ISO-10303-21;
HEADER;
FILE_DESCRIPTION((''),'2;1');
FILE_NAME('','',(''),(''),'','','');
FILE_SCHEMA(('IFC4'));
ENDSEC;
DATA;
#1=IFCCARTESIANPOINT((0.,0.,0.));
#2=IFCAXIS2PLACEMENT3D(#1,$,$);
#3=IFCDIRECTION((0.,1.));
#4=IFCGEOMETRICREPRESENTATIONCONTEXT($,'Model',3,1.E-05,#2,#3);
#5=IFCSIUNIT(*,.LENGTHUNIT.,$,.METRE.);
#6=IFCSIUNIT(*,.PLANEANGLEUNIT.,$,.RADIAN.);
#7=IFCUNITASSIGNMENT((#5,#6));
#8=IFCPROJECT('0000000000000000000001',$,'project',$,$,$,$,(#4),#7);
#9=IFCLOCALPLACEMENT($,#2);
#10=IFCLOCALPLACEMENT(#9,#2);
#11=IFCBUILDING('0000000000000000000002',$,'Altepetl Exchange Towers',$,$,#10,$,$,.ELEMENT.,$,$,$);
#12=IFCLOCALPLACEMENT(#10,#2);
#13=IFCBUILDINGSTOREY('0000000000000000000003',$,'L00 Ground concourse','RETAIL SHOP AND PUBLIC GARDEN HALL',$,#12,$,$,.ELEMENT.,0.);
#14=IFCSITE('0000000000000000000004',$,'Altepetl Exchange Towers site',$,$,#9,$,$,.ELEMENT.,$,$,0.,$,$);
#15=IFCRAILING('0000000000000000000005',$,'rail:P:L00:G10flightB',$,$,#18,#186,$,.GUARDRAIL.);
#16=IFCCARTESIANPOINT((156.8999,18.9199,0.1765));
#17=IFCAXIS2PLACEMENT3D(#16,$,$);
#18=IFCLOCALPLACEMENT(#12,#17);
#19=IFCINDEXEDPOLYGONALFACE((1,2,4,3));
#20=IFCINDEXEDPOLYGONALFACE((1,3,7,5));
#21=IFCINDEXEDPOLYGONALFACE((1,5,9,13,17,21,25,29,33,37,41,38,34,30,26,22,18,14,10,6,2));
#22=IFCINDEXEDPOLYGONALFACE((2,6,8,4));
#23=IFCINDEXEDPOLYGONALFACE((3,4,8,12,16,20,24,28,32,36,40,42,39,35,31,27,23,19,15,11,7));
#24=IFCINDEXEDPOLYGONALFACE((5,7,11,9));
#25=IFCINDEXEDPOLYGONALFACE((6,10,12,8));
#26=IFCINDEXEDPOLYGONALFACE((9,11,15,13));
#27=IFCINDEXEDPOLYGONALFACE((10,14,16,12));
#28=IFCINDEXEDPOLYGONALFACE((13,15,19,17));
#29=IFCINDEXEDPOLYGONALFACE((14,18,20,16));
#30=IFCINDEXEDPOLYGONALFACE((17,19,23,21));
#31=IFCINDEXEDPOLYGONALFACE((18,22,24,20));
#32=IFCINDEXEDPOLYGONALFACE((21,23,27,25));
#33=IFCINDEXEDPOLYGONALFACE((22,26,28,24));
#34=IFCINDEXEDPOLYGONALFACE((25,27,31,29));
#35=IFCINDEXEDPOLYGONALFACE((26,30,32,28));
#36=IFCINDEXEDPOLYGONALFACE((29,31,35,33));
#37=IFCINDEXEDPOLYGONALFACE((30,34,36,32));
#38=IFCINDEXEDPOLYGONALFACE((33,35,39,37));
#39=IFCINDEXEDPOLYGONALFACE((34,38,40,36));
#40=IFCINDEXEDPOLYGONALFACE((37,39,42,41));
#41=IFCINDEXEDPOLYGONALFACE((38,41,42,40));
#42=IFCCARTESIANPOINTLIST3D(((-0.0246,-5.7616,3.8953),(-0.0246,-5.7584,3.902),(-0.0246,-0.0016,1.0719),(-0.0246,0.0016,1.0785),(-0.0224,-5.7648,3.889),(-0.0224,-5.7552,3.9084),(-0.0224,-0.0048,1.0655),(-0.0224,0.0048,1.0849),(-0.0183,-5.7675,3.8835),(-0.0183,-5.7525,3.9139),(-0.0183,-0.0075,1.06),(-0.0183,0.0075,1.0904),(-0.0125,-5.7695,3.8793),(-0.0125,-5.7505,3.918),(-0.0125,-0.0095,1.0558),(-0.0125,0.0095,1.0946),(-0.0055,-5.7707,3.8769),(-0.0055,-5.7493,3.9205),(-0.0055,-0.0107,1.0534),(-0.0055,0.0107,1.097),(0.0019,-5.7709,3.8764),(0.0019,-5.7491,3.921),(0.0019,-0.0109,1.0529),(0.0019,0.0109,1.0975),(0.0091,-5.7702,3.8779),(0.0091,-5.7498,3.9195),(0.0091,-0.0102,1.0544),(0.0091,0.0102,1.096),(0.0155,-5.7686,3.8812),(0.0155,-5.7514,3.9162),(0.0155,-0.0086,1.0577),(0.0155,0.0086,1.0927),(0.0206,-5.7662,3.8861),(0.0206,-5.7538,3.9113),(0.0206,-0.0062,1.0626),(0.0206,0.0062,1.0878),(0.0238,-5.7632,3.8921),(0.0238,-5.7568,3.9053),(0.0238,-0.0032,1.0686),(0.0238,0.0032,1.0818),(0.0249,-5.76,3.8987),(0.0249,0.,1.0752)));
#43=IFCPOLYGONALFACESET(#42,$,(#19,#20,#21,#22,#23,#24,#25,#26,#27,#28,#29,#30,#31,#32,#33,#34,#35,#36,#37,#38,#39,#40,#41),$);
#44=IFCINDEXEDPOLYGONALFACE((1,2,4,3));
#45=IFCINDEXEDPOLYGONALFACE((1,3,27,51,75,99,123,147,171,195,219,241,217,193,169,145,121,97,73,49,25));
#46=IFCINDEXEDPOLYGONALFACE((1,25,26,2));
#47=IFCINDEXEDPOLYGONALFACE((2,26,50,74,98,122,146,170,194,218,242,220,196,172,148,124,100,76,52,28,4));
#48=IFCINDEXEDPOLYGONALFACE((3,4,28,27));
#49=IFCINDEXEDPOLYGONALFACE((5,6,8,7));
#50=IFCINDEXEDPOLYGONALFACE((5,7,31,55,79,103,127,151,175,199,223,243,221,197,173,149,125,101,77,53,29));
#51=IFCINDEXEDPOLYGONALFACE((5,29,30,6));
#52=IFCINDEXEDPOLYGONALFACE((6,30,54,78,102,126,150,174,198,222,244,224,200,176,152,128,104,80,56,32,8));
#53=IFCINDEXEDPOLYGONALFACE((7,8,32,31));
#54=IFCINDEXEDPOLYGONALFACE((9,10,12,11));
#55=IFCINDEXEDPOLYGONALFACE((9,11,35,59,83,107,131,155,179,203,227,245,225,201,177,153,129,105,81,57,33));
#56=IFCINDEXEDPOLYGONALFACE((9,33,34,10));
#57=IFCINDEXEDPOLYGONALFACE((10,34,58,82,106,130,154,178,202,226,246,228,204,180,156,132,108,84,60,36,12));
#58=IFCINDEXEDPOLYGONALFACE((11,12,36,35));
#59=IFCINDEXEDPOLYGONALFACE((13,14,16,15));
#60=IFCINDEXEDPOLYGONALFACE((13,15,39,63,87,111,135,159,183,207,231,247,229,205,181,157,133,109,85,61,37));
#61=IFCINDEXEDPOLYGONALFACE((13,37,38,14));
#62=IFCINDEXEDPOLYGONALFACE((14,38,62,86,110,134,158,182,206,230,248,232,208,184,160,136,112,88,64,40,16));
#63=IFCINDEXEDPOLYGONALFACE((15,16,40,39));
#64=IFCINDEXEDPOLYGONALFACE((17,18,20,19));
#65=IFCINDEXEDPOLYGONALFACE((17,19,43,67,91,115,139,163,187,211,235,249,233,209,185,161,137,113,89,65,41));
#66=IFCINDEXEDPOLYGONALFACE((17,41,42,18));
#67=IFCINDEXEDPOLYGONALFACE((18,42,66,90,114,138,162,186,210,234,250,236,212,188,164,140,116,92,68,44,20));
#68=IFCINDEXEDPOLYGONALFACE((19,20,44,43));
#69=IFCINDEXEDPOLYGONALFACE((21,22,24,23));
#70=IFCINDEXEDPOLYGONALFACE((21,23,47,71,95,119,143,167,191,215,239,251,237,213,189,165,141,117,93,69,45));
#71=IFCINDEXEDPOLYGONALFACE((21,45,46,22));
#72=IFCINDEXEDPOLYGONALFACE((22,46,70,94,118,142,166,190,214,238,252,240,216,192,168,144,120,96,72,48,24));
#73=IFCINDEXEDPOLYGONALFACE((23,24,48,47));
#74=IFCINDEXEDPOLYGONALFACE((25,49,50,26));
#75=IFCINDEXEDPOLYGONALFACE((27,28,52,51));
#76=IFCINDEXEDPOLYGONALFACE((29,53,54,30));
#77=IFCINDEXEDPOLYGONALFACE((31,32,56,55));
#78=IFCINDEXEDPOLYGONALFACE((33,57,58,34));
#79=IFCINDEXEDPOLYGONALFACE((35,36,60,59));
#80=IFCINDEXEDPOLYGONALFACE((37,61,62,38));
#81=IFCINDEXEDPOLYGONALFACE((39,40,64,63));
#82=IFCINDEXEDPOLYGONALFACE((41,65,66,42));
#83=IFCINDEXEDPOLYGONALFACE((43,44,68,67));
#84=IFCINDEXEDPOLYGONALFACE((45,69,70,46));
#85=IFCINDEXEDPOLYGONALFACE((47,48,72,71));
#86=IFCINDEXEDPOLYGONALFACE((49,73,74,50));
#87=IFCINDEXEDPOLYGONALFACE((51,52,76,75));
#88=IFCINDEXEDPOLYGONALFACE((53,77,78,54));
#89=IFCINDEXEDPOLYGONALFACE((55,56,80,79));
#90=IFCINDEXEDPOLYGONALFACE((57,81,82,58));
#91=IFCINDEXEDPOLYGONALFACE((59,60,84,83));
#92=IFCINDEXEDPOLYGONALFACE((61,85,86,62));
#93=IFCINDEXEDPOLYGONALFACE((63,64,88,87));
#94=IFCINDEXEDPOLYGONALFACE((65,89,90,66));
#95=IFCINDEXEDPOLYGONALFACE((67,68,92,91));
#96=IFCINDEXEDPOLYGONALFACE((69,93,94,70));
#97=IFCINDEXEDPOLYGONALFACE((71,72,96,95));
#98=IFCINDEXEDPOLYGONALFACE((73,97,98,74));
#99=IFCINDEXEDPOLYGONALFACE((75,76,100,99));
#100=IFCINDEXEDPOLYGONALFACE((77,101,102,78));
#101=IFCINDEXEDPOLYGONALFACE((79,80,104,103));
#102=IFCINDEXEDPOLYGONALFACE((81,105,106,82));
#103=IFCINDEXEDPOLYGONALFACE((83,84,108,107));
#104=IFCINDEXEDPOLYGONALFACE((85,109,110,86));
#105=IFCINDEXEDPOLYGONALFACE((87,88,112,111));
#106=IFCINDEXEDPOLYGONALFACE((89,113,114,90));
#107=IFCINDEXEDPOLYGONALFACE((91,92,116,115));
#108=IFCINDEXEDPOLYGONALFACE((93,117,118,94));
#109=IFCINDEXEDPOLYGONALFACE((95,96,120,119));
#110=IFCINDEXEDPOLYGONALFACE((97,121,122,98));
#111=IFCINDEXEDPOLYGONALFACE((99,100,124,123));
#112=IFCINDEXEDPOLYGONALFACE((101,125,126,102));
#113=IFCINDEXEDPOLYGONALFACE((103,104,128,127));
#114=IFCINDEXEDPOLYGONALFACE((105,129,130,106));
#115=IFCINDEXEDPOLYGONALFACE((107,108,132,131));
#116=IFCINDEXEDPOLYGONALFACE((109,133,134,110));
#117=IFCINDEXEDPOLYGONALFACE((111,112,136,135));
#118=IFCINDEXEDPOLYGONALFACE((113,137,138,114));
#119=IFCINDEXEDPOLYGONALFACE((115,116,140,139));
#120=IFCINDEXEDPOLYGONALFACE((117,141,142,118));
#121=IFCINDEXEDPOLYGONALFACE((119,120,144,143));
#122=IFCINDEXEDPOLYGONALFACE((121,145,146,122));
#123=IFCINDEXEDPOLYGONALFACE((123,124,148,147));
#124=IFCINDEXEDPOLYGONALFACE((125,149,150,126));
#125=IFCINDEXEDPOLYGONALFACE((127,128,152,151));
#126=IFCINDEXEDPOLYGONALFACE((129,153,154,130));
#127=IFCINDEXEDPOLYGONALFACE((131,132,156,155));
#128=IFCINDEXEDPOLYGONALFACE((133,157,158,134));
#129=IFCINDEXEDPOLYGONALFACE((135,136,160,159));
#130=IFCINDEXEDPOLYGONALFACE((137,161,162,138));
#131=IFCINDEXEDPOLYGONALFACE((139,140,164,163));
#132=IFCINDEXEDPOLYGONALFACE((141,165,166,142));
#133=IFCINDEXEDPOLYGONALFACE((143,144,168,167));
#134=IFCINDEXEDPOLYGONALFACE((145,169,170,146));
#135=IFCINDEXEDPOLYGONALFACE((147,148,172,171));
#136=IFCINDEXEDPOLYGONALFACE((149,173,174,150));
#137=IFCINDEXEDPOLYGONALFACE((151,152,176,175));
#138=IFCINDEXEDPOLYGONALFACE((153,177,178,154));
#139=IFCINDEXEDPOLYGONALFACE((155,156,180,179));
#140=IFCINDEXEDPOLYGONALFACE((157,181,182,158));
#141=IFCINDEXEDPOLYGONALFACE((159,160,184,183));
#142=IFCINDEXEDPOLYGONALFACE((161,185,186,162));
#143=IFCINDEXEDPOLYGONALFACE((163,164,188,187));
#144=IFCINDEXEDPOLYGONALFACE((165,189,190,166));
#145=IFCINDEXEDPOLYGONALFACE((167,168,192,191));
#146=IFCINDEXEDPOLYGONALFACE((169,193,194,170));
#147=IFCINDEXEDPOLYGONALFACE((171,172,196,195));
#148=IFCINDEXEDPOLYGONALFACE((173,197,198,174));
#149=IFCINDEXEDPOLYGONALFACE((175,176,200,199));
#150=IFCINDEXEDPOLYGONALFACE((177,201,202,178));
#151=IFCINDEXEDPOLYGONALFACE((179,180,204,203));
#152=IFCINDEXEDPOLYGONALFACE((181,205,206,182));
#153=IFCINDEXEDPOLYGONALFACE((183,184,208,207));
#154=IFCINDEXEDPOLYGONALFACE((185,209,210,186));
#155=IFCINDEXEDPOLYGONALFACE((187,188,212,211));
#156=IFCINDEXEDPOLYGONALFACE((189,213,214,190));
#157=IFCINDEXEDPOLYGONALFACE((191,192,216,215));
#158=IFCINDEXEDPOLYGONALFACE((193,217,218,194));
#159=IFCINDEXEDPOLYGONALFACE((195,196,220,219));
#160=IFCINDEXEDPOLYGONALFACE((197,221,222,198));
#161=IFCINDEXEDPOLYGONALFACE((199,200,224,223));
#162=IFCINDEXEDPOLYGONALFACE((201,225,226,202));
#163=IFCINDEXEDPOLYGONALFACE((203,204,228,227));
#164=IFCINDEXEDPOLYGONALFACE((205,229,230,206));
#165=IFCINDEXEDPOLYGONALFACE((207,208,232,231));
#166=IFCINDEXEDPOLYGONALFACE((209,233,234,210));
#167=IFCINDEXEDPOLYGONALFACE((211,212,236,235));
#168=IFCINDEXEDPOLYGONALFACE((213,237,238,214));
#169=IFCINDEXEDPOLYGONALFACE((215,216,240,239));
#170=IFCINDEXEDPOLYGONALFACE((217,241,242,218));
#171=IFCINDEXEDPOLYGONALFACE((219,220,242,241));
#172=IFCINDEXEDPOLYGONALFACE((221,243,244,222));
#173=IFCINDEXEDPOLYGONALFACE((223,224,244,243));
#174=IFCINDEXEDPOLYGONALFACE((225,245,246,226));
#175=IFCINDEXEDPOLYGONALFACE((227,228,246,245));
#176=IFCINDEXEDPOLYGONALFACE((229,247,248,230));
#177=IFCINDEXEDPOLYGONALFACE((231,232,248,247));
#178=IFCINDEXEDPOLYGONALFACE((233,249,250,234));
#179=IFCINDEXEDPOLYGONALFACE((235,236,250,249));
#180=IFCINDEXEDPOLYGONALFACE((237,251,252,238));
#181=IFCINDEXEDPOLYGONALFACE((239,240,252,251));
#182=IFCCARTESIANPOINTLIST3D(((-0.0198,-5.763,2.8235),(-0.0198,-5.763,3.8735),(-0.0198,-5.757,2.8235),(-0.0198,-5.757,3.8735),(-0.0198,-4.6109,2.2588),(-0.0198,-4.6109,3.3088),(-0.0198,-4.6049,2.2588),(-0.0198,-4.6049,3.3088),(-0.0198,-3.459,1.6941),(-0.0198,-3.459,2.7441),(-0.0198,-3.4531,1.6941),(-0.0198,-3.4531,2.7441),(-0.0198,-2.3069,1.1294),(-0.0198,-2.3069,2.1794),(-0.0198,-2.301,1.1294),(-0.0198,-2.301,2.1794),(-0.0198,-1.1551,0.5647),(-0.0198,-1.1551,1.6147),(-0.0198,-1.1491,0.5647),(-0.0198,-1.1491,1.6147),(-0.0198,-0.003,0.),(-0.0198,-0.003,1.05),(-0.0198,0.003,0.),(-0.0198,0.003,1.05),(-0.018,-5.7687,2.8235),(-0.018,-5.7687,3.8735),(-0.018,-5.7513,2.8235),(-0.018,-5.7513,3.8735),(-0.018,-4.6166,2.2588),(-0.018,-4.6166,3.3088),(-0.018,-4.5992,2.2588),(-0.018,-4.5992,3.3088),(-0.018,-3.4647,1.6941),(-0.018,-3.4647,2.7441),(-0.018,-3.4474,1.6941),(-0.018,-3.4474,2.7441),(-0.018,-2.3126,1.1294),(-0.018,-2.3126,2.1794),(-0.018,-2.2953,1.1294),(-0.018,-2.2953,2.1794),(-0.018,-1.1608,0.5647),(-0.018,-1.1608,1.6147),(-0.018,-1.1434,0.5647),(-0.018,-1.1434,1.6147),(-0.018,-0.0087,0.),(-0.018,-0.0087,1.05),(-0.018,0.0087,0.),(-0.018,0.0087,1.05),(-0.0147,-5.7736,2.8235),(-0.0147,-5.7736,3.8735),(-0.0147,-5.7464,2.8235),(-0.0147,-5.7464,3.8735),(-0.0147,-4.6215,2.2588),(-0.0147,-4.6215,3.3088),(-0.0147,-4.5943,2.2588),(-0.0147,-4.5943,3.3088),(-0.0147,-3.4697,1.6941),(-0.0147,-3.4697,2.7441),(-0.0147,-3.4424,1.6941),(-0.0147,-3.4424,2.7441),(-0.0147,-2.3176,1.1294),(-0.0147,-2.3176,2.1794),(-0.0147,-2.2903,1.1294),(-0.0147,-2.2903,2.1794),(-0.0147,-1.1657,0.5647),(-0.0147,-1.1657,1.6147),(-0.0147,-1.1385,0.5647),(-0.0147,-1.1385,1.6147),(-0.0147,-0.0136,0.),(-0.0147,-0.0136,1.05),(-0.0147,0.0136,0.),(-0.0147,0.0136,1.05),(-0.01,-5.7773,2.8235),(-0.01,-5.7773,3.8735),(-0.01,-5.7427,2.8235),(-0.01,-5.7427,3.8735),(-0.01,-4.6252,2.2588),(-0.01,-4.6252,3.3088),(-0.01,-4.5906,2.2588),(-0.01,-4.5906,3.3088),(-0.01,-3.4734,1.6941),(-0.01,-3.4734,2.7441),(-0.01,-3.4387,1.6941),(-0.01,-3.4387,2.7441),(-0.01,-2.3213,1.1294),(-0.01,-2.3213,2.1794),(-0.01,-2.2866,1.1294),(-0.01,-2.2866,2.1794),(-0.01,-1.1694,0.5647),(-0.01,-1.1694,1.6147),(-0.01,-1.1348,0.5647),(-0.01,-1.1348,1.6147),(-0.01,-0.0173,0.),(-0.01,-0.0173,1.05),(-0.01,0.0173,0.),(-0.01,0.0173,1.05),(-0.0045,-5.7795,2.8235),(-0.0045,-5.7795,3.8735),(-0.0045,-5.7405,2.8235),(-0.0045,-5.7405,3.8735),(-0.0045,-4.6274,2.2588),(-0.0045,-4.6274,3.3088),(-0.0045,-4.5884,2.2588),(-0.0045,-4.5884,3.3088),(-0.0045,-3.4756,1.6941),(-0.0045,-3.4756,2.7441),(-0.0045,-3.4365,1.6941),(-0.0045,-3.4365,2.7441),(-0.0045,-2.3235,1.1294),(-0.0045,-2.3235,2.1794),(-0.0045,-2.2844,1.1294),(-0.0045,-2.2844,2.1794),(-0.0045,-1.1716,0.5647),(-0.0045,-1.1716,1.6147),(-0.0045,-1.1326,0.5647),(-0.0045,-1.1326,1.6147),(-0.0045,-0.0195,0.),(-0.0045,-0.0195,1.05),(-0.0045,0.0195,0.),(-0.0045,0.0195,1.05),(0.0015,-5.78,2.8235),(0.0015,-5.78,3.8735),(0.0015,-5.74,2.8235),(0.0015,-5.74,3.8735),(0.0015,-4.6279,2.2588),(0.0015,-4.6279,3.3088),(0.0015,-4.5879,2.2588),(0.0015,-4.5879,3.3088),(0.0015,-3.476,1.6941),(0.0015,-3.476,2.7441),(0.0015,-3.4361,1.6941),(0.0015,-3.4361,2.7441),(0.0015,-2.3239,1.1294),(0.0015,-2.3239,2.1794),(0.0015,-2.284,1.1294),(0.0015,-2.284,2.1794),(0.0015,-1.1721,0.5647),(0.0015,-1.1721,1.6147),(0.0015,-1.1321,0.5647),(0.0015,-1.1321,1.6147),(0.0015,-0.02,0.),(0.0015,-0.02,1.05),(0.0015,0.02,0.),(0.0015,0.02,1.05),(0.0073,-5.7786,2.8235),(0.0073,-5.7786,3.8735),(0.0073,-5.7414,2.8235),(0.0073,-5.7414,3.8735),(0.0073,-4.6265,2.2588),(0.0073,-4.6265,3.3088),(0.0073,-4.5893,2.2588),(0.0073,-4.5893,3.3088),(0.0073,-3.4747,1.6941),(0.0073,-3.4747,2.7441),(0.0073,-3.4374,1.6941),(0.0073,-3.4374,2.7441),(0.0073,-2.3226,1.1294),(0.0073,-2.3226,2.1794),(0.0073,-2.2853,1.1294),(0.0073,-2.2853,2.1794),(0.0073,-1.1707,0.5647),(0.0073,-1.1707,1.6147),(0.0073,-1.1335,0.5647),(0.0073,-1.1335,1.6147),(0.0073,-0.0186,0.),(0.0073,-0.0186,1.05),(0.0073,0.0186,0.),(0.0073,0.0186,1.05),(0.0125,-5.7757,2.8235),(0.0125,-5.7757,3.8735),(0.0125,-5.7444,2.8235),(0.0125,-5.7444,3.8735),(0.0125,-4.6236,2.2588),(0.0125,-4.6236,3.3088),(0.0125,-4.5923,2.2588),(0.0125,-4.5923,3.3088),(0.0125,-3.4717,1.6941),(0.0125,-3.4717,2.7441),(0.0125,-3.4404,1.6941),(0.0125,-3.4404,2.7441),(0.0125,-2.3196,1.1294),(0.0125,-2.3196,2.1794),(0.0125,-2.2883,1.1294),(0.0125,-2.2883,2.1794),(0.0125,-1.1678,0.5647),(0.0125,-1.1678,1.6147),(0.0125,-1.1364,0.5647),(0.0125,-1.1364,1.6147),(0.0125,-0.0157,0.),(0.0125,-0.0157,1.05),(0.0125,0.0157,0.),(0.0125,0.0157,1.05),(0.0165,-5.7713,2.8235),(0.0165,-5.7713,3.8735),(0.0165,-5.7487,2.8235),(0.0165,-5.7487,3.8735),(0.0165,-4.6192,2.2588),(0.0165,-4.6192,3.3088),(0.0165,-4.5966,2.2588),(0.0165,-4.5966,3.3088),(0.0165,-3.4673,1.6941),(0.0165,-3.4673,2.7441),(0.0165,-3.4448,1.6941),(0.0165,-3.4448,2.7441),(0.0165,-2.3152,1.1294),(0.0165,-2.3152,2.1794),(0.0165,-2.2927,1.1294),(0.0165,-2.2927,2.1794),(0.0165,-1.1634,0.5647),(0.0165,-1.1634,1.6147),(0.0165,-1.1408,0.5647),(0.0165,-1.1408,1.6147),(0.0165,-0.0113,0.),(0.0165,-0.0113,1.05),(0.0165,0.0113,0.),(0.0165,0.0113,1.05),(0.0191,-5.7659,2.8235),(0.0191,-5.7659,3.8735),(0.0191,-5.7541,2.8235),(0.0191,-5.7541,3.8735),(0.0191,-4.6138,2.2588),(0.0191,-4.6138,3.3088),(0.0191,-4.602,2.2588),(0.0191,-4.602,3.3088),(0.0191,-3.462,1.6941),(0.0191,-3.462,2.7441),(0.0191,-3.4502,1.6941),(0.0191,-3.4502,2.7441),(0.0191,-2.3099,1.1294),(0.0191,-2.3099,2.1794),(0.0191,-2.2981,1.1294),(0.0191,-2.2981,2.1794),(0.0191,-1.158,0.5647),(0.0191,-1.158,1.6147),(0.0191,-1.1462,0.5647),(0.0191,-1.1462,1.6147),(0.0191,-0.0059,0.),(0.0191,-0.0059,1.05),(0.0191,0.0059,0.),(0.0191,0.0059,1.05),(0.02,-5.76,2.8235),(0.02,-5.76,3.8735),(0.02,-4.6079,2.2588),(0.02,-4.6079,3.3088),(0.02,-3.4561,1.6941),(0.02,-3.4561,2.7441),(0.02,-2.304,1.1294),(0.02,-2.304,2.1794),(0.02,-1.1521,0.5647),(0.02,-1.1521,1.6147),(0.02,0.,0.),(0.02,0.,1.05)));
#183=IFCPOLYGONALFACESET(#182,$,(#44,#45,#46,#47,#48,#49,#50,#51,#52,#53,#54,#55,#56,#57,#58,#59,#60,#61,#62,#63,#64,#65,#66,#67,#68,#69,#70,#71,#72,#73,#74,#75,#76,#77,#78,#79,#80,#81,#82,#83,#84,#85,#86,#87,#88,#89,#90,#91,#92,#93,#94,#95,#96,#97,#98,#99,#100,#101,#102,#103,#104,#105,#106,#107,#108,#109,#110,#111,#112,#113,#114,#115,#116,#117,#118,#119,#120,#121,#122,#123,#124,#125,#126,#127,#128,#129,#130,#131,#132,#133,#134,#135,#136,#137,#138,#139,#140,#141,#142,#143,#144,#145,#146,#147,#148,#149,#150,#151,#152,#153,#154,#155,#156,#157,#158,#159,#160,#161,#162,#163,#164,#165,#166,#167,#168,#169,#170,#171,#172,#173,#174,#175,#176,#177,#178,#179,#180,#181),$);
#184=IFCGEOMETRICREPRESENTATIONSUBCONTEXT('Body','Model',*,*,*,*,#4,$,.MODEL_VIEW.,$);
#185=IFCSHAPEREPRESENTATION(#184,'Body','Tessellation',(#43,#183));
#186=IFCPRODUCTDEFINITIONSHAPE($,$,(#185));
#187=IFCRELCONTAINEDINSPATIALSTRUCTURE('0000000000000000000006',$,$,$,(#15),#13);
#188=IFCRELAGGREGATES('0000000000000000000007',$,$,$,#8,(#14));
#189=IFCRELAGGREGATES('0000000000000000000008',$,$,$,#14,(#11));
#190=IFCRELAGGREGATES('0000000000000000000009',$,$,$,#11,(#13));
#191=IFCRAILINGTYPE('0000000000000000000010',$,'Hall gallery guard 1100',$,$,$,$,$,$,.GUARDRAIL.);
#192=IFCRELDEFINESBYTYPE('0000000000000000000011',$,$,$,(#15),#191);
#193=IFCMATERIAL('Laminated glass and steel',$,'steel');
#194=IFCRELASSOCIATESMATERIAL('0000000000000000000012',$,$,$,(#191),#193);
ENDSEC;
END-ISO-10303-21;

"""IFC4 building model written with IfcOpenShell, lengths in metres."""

from ifc_helpers import new_model, si_unit, direction, frame, origin, origin_2d, place, context, subcontext, project, spatial, circle, extrude, source, transform, mapped, material, type_object, element, save


model = new_model("IFC4")

# Units and contexts
model_context = context("Model", 3, precision=1e-05, world=origin(), true_north=direction((0.0, 1.0)))
body_context = subcontext(model_context, "Body", "Model", "MODEL_VIEW")
ifc_project = project(units=[si_unit("LENGTHUNIT", "METRE"), si_unit("PLANEANGLEUNIT", "RADIAN")], contexts=[model_context])

# Site, building, storey
site_placement = place(None, origin())
site = spatial("IfcSite", under=ifc_project, at=site_placement, Name="Altepetl Exchange Towers site", CompositionType="ELEMENT", RefElevation=0.0)
building_placement = place(site_placement, origin())
building = spatial("IfcBuilding", under=site, at=building_placement, Name="Altepetl Exchange Towers", CompositionType="ELEMENT")
storey_placement = place(building_placement, origin())
storey = spatial("IfcBuildingStorey", under=building, at=storey_placement, Name="L00 Ground concourse", Description="RETAIL SHOP AND PUBLIC GARDEN HALL", CompositionType="ELEMENT", Elevation=0.0)

# Railing
ifc_material_1 = material(Name="Laminated glass and steel", Category="steel")
railing_type_1 = type_object("IfcRailingType", Name="Hall gallery guard 1100", PredefinedType="GUARDRAIL", material=ifc_material_1)
shared_shape_1 = source(origin(), body_context, "Body", "SweptSolid", [
    extrude(circle(Radius=0.02, at=origin_2d()), origin(), (0.0, 0.0, 1.0), 1.05),
])
for number, where, name in (
    (1, (156.8999, 18.9199, 0.1765), "rail:P:L00:G10flightB"),
):
    element("IfcRailing", number, at=place(storey_placement, frame(where)), inside=storey, type_object=railing_type_1, Name=name, PredefinedType="GUARDRAIL", context=body_context, shape_type="SweptSolid", body=[
        extrude(circle(Radius=0.0249, at=origin_2d()), frame((0.0, 0.0, 1.0752), z_axis=(0.0, -0.897924, 0.440151), x_axis=(1.0, 0.0, 0.0)), (0.0, 0.0, 1.0), 6.4148),
        mapped(shared_shape_1, transform((0.0, 0.0, 0.0))),
        mapped(shared_shape_1, transform((0.0, -1.1521, 0.5647))),
        mapped(shared_shape_1, transform((0.0, -2.304, 1.1294))),
        mapped(shared_shape_1, transform((0.0, -3.4561, 1.6941))),
        mapped(shared_shape_1, transform((0.0, -4.6079, 2.2588))),
        mapped(shared_shape_1, transform((0.0, -5.76, 2.8235))),
    ])

save(model, "model.ifc")
